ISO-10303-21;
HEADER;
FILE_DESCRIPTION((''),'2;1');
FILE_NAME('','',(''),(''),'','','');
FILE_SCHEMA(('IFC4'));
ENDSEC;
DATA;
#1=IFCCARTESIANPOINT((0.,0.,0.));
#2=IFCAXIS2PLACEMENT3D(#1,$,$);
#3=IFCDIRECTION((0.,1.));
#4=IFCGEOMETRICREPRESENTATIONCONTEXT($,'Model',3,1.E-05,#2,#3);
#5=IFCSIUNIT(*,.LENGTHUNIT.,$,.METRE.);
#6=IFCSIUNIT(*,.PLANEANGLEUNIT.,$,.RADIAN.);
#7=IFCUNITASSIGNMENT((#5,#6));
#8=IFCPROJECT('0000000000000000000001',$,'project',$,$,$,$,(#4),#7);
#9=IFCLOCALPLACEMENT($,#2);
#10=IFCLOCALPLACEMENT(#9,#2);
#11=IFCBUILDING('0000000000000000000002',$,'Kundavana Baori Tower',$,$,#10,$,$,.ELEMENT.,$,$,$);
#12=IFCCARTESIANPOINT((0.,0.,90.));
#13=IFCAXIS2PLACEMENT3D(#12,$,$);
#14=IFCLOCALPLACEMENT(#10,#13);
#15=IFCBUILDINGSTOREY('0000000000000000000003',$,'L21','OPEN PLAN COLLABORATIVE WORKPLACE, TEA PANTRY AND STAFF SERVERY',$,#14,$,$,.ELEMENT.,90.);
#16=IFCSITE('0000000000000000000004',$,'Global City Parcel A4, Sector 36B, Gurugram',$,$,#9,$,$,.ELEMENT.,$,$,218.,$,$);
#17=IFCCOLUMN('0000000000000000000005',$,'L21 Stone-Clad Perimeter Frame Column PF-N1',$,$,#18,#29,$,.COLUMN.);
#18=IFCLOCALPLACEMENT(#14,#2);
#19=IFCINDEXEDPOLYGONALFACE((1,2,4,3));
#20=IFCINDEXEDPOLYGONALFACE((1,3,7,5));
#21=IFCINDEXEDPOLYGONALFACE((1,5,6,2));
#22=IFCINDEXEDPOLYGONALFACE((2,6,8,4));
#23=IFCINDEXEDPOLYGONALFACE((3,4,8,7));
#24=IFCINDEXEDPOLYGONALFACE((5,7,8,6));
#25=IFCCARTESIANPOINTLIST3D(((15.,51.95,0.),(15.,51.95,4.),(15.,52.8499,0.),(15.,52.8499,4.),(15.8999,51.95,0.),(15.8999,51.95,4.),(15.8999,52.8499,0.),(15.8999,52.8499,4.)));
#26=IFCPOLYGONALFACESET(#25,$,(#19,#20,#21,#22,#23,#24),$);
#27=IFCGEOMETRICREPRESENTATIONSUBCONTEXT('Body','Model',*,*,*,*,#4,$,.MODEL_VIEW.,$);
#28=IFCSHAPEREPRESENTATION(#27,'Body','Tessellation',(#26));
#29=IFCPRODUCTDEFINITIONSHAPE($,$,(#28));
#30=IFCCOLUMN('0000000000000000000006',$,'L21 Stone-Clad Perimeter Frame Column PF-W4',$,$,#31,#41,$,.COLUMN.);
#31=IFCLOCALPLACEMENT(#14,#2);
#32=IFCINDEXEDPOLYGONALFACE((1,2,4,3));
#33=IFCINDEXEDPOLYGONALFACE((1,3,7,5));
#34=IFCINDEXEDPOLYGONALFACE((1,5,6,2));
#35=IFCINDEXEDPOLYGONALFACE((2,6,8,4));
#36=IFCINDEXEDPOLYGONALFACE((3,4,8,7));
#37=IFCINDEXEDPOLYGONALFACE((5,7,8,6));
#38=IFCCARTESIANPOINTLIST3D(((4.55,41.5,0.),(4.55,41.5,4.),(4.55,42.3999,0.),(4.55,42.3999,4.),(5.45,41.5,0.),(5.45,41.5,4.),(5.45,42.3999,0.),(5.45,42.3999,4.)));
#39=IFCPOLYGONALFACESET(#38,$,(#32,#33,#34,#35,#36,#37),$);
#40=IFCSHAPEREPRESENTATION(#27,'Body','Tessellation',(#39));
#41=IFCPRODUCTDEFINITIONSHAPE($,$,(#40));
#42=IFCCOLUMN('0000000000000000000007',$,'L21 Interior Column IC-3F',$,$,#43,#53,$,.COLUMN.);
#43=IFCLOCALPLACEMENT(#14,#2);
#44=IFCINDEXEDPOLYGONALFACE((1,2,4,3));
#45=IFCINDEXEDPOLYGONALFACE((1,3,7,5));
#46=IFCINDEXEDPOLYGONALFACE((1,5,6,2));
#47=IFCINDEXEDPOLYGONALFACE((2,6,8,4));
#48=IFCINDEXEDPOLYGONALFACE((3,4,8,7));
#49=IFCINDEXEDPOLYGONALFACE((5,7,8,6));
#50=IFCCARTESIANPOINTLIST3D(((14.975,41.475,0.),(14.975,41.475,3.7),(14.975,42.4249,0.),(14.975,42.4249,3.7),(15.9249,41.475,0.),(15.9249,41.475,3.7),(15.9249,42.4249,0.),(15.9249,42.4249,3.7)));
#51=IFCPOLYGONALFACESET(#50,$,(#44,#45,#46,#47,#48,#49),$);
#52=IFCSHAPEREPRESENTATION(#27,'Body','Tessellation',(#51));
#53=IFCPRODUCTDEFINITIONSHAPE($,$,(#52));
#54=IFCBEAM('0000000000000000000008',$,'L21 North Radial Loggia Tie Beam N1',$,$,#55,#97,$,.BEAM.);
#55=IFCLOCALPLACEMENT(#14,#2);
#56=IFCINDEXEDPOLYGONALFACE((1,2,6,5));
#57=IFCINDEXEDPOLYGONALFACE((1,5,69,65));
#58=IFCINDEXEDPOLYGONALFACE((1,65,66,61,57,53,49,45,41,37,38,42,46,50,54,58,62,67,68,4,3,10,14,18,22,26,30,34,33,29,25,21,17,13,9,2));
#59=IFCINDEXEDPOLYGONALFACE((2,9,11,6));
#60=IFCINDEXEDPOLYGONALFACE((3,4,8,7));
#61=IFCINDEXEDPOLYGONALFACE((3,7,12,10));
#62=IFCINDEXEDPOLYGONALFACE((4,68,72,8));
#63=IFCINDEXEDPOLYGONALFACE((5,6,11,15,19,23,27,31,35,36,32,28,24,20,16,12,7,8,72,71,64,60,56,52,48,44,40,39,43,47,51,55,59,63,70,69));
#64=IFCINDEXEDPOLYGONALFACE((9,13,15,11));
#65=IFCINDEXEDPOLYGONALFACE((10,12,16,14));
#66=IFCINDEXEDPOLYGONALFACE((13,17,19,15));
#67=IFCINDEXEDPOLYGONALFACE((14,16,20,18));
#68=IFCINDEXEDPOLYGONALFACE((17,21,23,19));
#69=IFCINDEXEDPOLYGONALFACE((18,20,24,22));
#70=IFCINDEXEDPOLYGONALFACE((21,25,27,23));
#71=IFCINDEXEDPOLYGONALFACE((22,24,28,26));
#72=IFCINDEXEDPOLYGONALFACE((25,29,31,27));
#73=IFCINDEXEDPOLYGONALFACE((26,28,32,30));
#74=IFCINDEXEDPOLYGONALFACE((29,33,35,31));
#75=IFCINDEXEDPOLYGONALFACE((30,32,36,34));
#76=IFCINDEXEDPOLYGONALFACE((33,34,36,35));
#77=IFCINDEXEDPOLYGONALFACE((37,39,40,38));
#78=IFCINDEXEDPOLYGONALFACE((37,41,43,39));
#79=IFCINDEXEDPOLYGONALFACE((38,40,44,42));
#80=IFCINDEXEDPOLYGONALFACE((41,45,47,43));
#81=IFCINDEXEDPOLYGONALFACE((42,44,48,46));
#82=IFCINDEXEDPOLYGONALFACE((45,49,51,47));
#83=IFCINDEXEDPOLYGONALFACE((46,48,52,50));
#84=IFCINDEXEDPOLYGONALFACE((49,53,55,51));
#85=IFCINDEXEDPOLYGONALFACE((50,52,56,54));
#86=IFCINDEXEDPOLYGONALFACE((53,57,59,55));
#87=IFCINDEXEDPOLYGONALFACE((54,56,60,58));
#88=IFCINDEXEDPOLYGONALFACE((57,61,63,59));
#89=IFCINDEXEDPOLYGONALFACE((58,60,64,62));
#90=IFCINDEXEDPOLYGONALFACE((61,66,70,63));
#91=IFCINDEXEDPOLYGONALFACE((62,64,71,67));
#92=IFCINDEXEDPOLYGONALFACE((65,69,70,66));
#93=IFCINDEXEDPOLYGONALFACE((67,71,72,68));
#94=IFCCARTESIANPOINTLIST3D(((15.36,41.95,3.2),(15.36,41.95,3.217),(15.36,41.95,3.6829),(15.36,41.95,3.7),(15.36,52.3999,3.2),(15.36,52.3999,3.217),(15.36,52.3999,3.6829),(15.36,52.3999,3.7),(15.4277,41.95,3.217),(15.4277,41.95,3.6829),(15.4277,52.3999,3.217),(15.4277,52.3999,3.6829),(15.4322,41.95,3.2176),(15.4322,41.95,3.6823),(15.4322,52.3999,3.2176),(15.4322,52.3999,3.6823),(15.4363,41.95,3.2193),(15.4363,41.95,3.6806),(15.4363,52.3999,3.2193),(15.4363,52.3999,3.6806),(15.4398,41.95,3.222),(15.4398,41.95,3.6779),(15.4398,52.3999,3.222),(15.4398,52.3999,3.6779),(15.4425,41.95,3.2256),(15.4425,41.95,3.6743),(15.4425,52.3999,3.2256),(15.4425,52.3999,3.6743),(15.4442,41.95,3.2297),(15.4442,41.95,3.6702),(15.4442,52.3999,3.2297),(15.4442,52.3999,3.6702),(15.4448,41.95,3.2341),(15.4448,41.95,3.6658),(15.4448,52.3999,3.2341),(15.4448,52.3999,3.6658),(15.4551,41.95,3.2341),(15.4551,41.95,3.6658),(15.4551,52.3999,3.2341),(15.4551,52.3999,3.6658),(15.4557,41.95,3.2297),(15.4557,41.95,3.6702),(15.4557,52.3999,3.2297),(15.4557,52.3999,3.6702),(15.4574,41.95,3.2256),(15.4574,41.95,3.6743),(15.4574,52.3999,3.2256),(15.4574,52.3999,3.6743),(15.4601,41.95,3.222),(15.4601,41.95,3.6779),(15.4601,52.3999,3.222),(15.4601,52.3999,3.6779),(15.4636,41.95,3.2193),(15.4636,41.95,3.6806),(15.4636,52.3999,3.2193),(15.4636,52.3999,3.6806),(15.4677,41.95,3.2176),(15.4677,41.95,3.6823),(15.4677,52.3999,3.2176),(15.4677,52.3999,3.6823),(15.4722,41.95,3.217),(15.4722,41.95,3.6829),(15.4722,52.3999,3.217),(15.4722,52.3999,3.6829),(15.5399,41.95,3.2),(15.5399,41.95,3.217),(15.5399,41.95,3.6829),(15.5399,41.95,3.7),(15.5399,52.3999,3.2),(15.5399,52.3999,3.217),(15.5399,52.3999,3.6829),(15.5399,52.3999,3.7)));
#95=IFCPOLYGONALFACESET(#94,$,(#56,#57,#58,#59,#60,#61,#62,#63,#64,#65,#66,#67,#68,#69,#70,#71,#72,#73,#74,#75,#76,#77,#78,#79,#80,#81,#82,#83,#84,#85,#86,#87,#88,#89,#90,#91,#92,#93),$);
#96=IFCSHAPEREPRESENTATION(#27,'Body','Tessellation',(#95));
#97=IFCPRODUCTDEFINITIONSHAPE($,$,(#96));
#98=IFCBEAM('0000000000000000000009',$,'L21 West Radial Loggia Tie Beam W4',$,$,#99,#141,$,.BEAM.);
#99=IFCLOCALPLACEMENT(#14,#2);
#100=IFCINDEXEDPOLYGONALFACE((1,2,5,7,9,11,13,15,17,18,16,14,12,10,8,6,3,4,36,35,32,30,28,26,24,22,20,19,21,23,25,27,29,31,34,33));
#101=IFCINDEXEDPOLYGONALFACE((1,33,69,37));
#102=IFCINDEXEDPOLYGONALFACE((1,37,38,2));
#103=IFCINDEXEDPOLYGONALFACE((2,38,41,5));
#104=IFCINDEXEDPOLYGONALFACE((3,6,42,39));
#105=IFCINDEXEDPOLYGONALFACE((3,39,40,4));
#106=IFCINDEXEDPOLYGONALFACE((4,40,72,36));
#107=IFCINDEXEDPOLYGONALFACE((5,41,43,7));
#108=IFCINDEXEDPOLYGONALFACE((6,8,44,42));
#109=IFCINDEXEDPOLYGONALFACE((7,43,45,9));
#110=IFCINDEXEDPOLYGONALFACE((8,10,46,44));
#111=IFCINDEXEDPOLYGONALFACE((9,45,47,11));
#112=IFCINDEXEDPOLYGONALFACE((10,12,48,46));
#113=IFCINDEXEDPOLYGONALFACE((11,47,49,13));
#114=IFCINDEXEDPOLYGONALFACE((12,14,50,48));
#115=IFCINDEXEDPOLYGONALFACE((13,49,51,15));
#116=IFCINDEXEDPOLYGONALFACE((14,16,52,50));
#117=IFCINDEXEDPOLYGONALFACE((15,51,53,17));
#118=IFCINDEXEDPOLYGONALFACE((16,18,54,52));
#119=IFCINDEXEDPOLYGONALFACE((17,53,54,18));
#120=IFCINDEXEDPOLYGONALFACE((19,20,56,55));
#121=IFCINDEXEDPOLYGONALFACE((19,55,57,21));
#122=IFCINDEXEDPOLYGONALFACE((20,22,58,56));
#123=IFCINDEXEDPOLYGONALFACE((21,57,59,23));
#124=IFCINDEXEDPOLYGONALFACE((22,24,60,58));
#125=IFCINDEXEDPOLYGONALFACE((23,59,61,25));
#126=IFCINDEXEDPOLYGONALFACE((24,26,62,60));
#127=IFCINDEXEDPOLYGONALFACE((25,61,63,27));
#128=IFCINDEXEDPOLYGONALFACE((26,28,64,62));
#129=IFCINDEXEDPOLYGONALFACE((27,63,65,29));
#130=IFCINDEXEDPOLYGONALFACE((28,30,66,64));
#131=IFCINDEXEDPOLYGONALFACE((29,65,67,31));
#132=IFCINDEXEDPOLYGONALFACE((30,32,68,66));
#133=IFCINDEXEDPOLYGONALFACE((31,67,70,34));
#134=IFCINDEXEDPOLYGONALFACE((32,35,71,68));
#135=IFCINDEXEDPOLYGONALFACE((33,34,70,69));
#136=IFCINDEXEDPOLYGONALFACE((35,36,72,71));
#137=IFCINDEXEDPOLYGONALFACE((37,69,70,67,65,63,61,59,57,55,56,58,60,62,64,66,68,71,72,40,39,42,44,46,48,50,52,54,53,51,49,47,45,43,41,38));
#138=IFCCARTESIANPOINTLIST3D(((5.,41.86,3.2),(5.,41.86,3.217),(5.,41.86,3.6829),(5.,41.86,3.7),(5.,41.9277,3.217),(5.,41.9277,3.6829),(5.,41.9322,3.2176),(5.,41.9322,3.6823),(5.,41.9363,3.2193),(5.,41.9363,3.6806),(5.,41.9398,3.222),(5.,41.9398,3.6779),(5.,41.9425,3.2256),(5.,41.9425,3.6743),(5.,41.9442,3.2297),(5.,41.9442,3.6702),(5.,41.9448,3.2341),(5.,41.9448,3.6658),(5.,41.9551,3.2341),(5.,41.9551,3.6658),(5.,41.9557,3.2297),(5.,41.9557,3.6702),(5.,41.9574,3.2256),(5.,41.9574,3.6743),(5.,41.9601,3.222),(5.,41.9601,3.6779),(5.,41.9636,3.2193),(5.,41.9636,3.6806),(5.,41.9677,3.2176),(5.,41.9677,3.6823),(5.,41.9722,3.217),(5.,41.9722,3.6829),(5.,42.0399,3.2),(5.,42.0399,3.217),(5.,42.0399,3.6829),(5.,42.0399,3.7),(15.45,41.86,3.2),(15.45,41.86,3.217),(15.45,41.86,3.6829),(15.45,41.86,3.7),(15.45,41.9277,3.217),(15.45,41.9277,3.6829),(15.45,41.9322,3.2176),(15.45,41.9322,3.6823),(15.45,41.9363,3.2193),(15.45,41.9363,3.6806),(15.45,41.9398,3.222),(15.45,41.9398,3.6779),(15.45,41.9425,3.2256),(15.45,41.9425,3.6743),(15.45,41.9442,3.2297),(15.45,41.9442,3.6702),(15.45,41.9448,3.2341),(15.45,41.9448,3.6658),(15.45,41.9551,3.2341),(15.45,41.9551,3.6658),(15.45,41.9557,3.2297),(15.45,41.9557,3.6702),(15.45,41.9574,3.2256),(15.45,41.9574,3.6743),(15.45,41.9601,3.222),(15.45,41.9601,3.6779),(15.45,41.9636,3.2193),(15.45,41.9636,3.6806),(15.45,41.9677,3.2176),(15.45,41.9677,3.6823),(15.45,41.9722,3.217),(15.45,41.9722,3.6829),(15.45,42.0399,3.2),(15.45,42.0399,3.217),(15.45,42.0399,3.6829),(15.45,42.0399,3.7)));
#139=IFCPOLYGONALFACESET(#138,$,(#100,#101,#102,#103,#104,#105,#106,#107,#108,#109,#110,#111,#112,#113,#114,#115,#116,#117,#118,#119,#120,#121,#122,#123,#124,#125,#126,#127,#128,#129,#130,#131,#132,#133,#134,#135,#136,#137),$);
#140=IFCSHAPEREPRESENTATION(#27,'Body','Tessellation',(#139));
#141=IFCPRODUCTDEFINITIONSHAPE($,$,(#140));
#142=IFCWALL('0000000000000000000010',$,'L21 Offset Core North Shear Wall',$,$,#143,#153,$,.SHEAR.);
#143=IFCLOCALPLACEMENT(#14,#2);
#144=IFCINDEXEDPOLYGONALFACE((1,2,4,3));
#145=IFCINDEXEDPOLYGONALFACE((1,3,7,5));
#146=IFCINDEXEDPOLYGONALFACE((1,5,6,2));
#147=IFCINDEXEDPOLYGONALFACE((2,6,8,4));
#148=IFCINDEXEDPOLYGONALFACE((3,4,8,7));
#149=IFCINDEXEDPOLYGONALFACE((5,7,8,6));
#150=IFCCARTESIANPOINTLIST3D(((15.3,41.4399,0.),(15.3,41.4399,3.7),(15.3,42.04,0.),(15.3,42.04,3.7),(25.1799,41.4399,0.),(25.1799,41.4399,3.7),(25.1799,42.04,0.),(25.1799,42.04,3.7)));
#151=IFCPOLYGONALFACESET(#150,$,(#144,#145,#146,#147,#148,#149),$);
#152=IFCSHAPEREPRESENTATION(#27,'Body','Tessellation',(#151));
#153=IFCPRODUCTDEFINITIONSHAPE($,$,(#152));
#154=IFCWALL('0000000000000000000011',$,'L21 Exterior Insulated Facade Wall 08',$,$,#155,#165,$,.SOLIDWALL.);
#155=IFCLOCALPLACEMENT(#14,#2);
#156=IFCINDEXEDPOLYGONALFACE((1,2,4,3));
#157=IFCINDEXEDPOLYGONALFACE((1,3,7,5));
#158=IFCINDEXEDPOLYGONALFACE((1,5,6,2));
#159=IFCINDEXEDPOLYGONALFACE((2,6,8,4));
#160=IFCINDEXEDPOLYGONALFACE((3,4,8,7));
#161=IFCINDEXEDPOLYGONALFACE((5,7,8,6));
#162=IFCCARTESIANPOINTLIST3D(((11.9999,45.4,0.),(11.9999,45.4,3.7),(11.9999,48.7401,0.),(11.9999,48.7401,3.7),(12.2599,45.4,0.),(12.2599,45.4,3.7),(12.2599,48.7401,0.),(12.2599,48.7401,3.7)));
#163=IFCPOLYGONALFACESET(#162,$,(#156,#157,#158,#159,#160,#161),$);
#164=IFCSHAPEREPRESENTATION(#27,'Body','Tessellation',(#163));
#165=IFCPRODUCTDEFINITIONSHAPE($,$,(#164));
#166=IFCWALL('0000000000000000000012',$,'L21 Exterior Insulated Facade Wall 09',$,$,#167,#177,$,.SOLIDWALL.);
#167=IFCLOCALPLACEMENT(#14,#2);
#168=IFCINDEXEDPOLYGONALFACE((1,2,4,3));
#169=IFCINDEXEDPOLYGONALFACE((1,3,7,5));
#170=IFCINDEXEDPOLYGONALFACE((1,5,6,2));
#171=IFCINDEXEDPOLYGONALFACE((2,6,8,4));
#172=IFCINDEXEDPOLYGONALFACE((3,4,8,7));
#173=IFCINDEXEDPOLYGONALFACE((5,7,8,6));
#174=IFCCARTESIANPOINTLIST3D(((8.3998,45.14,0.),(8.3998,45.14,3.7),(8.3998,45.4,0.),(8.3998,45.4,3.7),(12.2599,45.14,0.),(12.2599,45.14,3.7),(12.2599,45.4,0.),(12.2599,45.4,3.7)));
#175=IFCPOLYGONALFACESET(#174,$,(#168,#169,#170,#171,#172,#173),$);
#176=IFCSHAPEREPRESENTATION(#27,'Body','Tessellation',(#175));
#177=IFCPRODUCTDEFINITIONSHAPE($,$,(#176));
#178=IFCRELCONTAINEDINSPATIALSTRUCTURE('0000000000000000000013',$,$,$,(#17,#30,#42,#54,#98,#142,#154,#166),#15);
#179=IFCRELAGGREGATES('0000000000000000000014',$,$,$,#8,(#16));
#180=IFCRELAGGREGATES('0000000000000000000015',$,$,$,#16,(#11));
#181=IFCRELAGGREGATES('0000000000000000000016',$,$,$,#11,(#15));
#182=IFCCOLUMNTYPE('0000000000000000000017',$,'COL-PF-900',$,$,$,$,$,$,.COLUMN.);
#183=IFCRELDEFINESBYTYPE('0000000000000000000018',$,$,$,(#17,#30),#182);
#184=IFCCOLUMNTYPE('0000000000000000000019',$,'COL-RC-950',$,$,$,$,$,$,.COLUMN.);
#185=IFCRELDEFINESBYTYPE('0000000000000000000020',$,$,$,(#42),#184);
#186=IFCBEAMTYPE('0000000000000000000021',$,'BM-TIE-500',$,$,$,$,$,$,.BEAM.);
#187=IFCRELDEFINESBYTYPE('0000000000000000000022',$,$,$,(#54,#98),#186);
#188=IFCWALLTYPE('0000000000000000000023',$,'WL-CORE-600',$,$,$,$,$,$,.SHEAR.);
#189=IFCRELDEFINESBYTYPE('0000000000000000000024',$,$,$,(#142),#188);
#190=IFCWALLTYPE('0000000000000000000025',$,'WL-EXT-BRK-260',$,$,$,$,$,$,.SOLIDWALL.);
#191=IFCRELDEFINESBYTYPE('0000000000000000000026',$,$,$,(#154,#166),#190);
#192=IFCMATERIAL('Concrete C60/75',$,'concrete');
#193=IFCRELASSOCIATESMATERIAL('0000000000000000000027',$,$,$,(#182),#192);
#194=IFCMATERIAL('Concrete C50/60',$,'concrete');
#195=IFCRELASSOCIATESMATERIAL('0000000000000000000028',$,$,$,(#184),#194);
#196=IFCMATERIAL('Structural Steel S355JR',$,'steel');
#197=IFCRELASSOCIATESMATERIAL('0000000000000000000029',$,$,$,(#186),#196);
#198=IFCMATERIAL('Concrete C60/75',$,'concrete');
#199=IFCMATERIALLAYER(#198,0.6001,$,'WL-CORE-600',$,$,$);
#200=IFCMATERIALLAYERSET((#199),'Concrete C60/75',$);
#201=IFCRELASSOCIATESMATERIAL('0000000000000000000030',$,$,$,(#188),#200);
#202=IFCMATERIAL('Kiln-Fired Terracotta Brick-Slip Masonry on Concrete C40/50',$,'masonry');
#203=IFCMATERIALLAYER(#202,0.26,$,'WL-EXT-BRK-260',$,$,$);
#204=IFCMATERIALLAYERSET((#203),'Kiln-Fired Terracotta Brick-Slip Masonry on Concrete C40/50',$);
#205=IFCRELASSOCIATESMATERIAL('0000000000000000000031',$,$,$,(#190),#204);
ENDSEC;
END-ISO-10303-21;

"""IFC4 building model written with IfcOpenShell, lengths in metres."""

from ifc_helpers import new_model, si_unit, direction, frame, frame_2d, origin, origin_2d, place, context, subcontext, project, spatial, rectangle, i_section, extrude, material, layer, layer_set, material_profile, profile_set, type_object, element, save


model = new_model("IFC4")

# Units and contexts
model_context = context("Model", 3, precision=1e-05, world=origin(), true_north=direction((0.0, 1.0)))
body_context = subcontext(model_context, "Body", "Model", "MODEL_VIEW")
ifc_project = project(units=[si_unit("LENGTHUNIT", "METRE"), si_unit("PLANEANGLEUNIT", "RADIAN")], contexts=[model_context])

# Site, building, storey
site_placement = place(None, origin())
site = spatial("IfcSite", under=ifc_project, at=site_placement, Name="Global City Parcel A4, Sector 36B, Gurugram", CompositionType="ELEMENT", RefElevation=218.0)
building_placement = place(site_placement, origin())
building = spatial("IfcBuilding", under=site, at=building_placement, Name="Kundavana Baori Tower", CompositionType="ELEMENT")
storey_placement = place(building_placement, frame((0.0, 0.0, 90.0)))
storey = spatial("IfcBuildingStorey", under=building, at=storey_placement, Name="L21", Description="OPEN PLAN COLLABORATIVE WORKPLACE, TEA PANTRY AND STAFF SERVERY", CompositionType="ELEMENT", Elevation=90.0)

# Columns
ifc_material_1 = material(Name="Concrete C60/75", Category="concrete")
ifc_material_profile_1 = material_profile(ifc_material_1, rectangle(XDim=0.8999, YDim=0.8999, at=origin_2d()), Name="RC PF 900x900")
ifc_profile_set_1 = profile_set([ifc_material_profile_1], Name="Concrete C60/75")
column_type_1 = type_object("IfcColumnType", Name="COL-PF-900", PredefinedType="COLUMN", material=ifc_profile_set_1)
for number, where, z_axis, x_axis, name in (
    (1, (15.45, 52.3999, 0.0), (0.0, 0.0, 1.0), (1.0, 0.0, 0.0), "L21 Stone-Clad Perimeter Frame Column PF-N1"),
    (2, (5.0, 41.95, 0.0), (0.0, 0.0, 1.0), (1.0, 0.0, 0.0), "L21 Stone-Clad Perimeter Frame Column PF-W4"),
):
    element("IfcColumn", number, at=place(storey_placement, frame(where, z_axis=z_axis, x_axis=x_axis)), inside=storey, type_object=column_type_1, Name=name, PredefinedType="COLUMN", context=body_context, shape_type="SweptSolid", body=[
        extrude(rectangle(XDim=0.8999, YDim=0.8999, at=origin_2d()), origin(), (0.0, 0.0, 1.0), 4.0),
    ])
ifc_material_2 = material(Name="Concrete C50/60", Category="concrete")
ifc_material_profile_2 = material_profile(ifc_material_2, rectangle(XDim=0.95, YDim=0.95, at=origin_2d()), Name="RC 950x950")
ifc_profile_set_2 = profile_set([ifc_material_profile_2], Name="Concrete C50/60")
column_type_2 = type_object("IfcColumnType", Name="COL-RC-950", PredefinedType="COLUMN", material=ifc_profile_set_2)
column_placement = place(storey_placement, frame((15.45, 41.95, 0.0), z_axis=(0.0, 0.0, 1.0), x_axis=(1.0, 0.0, 0.0)))
element("IfcColumn", 3, at=column_placement, inside=storey, type_object=column_type_2, Name="L21 Interior Column IC-3F", PredefinedType="COLUMN", context=body_context, shape_type="SweptSolid", body=[
    extrude(rectangle(XDim=0.95, YDim=0.95, at=origin_2d()), origin(), (0.0, 0.0, 1.0), 3.7),
])

# Beams
ifc_material_3 = material(Name="Structural Steel S355JR", Category="steel")
ifc_material_profile_3 = material_profile(ifc_material_3, i_section(OverallWidth=0.1799, OverallDepth=0.5, WebThickness=0.0103, FlangeThickness=0.0171, FilletRadius=0.0171, at=origin_2d()), Name="ISMB 500")
ifc_profile_set_3 = profile_set([ifc_material_profile_3], Name="Structural Steel S355JR")
beam_type = type_object("IfcBeamType", Name="BM-TIE-500", PredefinedType="BEAM", material=ifc_profile_set_3)
for number, where, z_axis, x_axis, name in (
    (4, (15.45, 41.95, 3.45), (0.0, 1.0, 0.0), (-1.0, 0.0, 0.0), "L21 North Radial Loggia Tie Beam N1"),
    (5, (15.45, 41.95, 3.45), (-1.0, 0.0, 0.0), (0.0, -1.0, 0.0), "L21 West Radial Loggia Tie Beam W4"),
):
    element("IfcBeam", number, at=place(storey_placement, frame(where, z_axis=z_axis, x_axis=x_axis)), inside=storey, type_object=beam_type, Name=name, PredefinedType="BEAM", context=body_context, shape_type="SweptSolid", body=[
        extrude(i_section(OverallWidth=0.1799, OverallDepth=0.5, WebThickness=0.0103, FlangeThickness=0.0171, FilletRadius=0.0171, at=origin_2d()), origin(), (0.0, 0.0, 1.0), 10.45),
    ])

# Walls
ifc_material_4 = material(Name="Concrete C60/75", Category="concrete")
ifc_layer_1 = layer(ifc_material_4, 0.6001, Name="WL-CORE-600")
ifc_layer_set_1 = layer_set([ifc_layer_1], Name="Concrete C60/75")
wall_type_1 = type_object("IfcWallType", Name="WL-CORE-600", PredefinedType="SHEAR", material=ifc_layer_set_1)
wall_1_placement = place(storey_placement, frame((15.3, 41.74, 0.0), z_axis=(0.0, 0.0, 1.0), x_axis=(1.0, 0.0, 0.0)))
element("IfcWall", 6, at=wall_1_placement, inside=storey, type_object=wall_type_1, Name="L21 Offset Core North Shear Wall", PredefinedType="SHEAR", context=body_context, shape_type="SweptSolid", body=[
    extrude(rectangle(XDim=9.8799, YDim=0.6001, at=frame_2d((4.9399, 0.0))), origin(), (0.0, 0.0, 1.0), 3.7),
])
ifc_material_5 = material(Name="Kiln-Fired Terracotta Brick-Slip Masonry on Concrete C40/50", Category="masonry")
ifc_layer_2 = layer(ifc_material_5, 0.26, Name="WL-EXT-BRK-260")
ifc_layer_set_2 = layer_set([ifc_layer_2], Name="Kiln-Fired Terracotta Brick-Slip Masonry on Concrete C40/50")
wall_type_2 = type_object("IfcWallType", Name="WL-EXT-BRK-260", PredefinedType="SOLIDWALL", material=ifc_layer_set_2)
wall_2_placement = place(storey_placement, frame((12.1299, 48.74, 0.0), z_axis=(0.0, 0.0, 1.0), x_axis=(0.0, -1.0, 0.0)))
element("IfcWall", 7, at=wall_2_placement, inside=storey, type_object=wall_type_2, Name="L21 Exterior Insulated Facade Wall 08", PredefinedType="SOLIDWALL", context=body_context, shape_type="SweptSolid", body=[
    extrude(rectangle(XDim=3.3401, YDim=0.26, at=frame_2d((1.6699, 0.0))), origin(), (0.0, 0.0, 1.0), 3.7),
])
wall_3_placement = place(storey_placement, frame((12.26, 45.27, 0.0), z_axis=(0.0, 0.0, 1.0), x_axis=(-1.0, 0.0, 0.0)))
element("IfcWall", 8, at=wall_3_placement, inside=storey, type_object=wall_type_2, Name="L21 Exterior Insulated Facade Wall 09", PredefinedType="SOLIDWALL", context=body_context, shape_type="SweptSolid", body=[
    extrude(rectangle(XDim=3.8601, YDim=0.26, at=frame_2d((1.9302, 0.0))), origin(), (0.0, 0.0, 1.0), 3.7),
])

save(model, "model.ifc")
